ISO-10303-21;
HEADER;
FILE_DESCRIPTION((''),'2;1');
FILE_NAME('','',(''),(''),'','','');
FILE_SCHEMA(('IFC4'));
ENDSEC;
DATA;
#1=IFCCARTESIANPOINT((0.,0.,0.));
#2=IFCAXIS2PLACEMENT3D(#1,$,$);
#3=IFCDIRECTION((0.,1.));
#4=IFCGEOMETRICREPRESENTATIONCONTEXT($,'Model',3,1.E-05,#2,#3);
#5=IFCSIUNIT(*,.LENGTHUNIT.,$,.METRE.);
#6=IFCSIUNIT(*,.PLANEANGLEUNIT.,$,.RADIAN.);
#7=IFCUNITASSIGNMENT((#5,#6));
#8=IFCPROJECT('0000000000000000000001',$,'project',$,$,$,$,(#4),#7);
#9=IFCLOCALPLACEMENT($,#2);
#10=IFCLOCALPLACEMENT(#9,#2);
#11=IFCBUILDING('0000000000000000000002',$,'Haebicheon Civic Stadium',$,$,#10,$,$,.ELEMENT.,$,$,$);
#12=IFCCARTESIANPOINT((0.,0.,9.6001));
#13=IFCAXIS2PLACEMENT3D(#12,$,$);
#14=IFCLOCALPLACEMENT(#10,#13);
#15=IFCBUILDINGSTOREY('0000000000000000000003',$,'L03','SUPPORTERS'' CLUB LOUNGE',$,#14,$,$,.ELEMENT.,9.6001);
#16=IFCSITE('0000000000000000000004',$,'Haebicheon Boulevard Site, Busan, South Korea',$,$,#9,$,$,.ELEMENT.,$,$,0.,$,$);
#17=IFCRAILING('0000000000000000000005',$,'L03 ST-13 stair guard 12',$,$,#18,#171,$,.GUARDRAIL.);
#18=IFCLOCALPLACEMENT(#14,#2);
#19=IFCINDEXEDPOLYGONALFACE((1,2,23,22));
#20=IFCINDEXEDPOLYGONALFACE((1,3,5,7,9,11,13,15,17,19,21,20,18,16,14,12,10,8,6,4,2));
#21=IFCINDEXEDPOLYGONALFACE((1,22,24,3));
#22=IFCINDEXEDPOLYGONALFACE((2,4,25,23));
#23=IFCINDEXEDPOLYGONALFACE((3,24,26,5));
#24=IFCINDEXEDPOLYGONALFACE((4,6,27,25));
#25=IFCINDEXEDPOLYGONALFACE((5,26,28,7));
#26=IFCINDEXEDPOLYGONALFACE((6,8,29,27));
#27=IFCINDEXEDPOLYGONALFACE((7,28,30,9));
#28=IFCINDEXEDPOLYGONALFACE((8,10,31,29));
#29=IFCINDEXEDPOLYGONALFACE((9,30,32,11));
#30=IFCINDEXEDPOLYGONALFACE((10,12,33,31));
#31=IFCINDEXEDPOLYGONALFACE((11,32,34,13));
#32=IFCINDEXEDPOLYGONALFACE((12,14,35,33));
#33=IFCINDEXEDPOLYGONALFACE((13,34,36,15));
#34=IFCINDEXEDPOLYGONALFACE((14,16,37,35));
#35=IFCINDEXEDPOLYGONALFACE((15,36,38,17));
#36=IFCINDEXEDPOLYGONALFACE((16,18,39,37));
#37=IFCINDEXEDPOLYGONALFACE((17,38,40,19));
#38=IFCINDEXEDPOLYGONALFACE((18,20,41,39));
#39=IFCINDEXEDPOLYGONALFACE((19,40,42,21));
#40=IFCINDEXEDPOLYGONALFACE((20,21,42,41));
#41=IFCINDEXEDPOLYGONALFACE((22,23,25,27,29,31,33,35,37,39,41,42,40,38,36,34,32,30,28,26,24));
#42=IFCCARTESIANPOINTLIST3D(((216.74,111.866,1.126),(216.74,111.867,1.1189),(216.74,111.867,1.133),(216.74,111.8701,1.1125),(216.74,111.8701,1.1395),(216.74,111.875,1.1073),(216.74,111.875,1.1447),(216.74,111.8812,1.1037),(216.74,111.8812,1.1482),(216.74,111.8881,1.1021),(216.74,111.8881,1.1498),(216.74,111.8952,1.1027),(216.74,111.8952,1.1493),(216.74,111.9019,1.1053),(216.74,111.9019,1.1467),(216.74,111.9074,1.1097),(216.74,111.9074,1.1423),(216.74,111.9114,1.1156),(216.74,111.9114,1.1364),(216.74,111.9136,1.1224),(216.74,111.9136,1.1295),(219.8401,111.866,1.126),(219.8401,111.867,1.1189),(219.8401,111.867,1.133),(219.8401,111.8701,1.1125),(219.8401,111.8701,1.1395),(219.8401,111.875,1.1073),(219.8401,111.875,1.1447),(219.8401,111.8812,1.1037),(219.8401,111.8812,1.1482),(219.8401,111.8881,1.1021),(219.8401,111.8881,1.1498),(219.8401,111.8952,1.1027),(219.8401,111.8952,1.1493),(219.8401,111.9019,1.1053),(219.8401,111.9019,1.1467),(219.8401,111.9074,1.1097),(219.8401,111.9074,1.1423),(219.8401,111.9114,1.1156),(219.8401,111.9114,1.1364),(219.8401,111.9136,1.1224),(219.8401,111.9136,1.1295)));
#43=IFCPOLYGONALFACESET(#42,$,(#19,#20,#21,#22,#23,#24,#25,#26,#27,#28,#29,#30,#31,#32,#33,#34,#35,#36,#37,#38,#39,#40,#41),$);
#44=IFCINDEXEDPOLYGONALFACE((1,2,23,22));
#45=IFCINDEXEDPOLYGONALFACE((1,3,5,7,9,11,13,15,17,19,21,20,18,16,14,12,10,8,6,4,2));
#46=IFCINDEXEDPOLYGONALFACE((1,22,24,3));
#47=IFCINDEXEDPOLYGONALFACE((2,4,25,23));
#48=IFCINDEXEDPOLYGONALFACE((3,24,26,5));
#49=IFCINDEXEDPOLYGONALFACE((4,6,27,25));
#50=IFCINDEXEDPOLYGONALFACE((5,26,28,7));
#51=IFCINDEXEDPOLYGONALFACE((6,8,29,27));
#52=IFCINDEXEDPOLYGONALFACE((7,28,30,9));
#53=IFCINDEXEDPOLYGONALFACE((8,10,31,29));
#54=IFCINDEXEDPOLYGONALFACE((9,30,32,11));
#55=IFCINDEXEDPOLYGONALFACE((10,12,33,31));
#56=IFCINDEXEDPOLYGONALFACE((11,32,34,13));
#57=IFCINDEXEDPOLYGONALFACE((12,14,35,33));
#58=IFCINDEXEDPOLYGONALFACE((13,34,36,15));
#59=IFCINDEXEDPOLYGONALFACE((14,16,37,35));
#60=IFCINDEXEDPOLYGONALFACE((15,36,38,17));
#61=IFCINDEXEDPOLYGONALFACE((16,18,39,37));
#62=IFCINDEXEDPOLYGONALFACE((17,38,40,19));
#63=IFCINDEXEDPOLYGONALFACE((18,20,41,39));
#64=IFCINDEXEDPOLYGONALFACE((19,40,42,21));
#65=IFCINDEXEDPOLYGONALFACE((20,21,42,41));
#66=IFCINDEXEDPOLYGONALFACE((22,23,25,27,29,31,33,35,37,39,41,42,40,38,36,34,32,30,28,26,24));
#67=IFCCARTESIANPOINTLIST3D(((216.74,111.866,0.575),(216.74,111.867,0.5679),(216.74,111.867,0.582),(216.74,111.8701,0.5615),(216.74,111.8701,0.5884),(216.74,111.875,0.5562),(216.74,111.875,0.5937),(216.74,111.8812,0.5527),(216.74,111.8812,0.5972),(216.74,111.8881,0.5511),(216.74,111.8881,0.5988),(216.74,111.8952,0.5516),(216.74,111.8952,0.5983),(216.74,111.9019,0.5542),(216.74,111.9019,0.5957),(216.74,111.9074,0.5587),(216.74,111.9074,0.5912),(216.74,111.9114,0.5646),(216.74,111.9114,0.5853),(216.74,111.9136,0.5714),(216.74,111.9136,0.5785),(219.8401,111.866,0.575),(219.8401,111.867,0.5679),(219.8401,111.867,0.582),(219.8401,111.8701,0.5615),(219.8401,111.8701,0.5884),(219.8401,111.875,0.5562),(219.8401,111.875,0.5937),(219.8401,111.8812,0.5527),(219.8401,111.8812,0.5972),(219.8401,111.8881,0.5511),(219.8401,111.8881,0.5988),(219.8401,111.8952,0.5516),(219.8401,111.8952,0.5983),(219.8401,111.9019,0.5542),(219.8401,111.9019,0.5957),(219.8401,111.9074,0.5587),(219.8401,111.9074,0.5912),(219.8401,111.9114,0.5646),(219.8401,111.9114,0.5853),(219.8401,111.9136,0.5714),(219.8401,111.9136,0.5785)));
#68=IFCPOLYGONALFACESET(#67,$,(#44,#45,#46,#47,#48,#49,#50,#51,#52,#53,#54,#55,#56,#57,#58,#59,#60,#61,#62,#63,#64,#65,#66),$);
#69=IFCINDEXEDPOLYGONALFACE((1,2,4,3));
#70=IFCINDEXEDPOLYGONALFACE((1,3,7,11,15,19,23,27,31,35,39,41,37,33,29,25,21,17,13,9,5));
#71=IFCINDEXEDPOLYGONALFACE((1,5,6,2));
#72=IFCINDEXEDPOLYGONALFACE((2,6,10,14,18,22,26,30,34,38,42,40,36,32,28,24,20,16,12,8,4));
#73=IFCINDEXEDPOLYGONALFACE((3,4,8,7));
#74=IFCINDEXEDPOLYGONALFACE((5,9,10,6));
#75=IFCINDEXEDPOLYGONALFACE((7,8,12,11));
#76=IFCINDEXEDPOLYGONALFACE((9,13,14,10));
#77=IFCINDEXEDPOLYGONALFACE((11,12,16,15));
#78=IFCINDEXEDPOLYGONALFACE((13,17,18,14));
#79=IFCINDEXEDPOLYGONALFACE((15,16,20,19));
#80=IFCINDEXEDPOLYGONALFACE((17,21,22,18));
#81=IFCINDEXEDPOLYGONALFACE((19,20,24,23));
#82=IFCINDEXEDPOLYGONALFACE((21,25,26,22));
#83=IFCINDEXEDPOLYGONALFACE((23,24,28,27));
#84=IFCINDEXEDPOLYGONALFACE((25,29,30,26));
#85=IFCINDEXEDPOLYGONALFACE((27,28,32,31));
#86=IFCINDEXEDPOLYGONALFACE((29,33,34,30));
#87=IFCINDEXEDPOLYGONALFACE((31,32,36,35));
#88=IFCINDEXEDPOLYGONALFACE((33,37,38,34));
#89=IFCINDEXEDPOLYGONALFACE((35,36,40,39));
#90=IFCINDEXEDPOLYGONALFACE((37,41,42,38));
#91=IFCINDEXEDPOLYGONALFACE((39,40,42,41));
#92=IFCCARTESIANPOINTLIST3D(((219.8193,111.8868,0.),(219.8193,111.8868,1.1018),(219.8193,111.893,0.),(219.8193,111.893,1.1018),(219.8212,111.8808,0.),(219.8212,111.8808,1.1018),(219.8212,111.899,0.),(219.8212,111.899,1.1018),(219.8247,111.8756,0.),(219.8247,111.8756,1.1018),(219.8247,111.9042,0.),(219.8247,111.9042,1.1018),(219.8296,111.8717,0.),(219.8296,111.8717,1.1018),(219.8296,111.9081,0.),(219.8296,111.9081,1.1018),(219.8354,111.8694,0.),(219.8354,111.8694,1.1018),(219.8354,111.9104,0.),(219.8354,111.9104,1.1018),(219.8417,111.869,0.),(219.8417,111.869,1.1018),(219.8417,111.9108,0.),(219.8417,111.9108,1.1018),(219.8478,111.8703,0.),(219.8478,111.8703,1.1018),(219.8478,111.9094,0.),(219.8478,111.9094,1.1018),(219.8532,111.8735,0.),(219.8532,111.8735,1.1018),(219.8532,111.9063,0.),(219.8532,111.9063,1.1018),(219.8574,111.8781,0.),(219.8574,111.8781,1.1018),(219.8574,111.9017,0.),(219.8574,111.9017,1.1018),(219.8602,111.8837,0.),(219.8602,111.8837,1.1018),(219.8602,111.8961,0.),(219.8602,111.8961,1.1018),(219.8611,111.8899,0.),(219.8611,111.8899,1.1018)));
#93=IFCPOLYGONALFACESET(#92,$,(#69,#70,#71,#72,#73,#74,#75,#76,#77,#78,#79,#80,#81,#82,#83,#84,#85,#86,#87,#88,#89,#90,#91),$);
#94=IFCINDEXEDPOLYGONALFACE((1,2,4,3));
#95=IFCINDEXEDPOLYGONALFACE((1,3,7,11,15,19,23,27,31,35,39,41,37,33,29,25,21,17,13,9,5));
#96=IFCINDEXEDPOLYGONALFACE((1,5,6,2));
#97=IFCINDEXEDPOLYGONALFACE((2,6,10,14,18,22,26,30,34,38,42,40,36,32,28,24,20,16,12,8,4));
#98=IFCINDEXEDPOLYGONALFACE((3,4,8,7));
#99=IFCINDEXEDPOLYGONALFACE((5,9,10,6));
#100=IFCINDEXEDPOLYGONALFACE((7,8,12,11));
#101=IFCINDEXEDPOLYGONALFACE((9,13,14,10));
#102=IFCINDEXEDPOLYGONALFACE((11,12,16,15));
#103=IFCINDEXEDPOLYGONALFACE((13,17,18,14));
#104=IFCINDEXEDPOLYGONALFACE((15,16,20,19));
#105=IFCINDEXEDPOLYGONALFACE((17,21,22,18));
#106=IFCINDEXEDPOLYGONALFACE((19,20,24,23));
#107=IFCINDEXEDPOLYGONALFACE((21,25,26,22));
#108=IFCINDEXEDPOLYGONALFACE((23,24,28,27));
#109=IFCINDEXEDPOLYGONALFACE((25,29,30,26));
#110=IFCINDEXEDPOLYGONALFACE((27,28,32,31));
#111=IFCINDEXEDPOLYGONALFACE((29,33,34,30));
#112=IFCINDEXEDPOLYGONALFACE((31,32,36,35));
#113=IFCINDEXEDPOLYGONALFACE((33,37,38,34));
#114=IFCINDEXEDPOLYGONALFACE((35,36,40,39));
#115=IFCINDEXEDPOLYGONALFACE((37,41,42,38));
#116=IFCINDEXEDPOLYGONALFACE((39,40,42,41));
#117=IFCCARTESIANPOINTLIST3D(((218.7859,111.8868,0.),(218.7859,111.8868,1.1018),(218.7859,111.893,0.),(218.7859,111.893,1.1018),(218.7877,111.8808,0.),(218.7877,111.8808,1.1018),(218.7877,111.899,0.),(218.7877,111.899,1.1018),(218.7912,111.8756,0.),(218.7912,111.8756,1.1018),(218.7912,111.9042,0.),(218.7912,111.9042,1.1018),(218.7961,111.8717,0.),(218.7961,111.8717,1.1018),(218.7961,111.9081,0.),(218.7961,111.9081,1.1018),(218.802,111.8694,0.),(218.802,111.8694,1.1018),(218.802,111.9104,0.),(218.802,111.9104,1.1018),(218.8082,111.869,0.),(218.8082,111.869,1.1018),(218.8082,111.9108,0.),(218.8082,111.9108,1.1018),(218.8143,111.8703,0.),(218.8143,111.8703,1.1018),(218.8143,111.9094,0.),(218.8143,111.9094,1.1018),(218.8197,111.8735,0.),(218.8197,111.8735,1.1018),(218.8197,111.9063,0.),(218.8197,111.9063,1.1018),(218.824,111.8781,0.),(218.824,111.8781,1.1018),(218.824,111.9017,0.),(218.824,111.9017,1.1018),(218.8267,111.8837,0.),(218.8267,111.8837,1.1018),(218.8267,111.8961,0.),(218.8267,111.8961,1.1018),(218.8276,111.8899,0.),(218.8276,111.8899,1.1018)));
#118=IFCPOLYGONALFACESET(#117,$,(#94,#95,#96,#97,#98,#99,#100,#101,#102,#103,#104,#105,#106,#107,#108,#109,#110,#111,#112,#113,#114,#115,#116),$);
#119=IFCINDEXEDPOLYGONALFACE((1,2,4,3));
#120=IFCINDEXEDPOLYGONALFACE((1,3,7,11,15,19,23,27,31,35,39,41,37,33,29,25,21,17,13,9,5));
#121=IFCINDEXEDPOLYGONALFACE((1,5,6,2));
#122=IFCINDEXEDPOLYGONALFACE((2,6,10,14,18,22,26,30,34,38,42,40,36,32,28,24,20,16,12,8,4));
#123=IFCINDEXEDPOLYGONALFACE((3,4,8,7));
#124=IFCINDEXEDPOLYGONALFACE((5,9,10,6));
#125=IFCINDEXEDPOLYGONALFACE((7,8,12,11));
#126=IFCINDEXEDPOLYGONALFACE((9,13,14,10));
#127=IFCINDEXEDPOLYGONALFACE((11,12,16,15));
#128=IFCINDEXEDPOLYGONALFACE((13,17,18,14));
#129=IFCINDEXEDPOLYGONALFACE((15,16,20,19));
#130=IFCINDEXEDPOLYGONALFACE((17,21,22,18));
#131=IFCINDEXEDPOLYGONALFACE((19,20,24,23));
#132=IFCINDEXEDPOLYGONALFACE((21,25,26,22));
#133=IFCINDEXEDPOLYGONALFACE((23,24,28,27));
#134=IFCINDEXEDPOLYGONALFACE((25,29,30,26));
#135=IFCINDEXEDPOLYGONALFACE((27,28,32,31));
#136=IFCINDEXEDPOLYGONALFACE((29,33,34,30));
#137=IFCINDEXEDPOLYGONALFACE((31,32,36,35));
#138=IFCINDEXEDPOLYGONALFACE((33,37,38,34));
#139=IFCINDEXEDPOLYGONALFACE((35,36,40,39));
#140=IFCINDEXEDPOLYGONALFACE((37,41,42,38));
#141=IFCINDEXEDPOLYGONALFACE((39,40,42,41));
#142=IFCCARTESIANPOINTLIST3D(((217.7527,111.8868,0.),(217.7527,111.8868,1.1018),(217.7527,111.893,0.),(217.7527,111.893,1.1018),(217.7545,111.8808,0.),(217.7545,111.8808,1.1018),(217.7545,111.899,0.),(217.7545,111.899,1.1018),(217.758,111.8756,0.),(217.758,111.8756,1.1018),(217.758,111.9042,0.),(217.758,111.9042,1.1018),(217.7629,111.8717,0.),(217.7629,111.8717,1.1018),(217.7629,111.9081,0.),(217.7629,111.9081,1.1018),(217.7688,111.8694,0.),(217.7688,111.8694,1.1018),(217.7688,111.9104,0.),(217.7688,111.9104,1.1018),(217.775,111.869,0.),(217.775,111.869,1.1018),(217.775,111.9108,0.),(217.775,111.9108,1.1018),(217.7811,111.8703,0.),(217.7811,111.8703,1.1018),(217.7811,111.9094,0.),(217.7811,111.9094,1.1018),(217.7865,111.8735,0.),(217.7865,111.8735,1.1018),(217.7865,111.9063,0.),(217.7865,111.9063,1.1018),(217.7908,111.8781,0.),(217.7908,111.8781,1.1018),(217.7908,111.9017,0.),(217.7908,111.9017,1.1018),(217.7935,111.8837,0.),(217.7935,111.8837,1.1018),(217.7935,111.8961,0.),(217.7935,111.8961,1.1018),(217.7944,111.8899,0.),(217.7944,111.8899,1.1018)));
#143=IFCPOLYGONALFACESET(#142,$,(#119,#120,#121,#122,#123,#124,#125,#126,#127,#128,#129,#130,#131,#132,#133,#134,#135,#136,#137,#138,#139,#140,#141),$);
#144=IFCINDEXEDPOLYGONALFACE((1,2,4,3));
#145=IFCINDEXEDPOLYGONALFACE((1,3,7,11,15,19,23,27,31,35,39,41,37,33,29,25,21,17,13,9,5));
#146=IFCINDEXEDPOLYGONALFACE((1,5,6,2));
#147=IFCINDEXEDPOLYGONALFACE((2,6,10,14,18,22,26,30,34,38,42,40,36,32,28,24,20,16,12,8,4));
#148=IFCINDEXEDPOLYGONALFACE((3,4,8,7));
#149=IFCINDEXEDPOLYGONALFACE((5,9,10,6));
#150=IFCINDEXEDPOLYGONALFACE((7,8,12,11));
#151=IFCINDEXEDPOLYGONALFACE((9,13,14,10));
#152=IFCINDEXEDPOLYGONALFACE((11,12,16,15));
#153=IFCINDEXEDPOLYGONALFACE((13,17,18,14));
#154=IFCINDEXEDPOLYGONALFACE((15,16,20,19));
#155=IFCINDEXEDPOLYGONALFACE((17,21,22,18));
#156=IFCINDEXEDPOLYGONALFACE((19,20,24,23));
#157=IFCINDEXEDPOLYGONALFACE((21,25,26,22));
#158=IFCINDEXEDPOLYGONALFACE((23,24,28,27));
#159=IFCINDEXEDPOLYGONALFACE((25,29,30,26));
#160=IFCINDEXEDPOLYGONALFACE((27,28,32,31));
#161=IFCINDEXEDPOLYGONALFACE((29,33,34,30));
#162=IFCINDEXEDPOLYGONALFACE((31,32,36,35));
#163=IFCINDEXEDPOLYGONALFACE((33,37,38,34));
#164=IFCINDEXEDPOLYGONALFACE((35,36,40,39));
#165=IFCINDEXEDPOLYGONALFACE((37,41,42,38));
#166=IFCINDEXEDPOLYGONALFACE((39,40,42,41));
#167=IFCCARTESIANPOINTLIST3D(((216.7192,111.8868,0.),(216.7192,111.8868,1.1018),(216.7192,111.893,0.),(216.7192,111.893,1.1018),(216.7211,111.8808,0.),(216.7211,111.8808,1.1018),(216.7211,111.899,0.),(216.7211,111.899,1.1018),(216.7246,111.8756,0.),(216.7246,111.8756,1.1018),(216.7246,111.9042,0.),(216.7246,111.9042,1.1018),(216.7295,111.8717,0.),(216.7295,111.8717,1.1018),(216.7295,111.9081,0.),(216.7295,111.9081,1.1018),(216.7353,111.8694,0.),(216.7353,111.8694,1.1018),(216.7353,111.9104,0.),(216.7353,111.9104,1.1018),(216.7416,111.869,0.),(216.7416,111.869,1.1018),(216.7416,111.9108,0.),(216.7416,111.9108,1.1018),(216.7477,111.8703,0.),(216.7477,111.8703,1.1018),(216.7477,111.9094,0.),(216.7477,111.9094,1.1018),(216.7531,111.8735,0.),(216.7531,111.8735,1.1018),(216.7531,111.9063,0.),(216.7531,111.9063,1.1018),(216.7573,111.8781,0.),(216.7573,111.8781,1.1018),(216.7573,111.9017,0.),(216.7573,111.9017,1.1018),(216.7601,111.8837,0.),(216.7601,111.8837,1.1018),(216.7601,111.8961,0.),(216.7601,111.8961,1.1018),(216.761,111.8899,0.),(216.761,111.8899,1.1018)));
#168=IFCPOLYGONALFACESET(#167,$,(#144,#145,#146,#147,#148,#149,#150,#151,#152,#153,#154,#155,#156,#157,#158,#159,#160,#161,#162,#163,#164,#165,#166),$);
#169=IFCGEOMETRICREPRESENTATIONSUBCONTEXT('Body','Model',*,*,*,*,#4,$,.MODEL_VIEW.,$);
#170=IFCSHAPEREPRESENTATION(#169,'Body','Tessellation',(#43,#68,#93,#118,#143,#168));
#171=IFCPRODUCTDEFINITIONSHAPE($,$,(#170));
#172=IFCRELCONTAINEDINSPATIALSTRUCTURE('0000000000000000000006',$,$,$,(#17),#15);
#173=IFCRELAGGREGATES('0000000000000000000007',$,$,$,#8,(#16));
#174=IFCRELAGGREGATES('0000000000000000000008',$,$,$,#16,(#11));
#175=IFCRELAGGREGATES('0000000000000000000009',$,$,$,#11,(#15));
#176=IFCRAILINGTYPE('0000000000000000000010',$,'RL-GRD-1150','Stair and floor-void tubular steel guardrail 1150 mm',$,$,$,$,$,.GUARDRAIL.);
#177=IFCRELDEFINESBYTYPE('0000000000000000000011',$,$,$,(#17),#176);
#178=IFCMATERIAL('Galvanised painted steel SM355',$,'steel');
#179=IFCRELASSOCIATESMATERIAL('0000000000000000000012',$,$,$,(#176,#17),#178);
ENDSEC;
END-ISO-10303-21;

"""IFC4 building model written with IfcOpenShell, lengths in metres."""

from ifc_helpers import new_model, si_unit, direction, frame, origin, origin_2d, place, context, subcontext, project, spatial, circle, extrude, material, type_object, element, save


model = new_model("IFC4")

# Units and contexts
model_context = context("Model", 3, precision=1e-05, world=origin(), true_north=direction((0.0, 1.0)))
body_context = subcontext(model_context, "Body", "Model", "MODEL_VIEW")
ifc_project = project(units=[si_unit("LENGTHUNIT", "METRE"), si_unit("PLANEANGLEUNIT", "RADIAN")], contexts=[model_context])

# Site, building, storey
site_placement = place(None, origin())
site = spatial("IfcSite", under=ifc_project, at=site_placement, Name="Haebicheon Boulevard Site, Busan, South Korea", CompositionType="ELEMENT", RefElevation=0.0)
building_placement = place(site_placement, origin())
building = spatial("IfcBuilding", under=site, at=building_placement, Name="Haebicheon Civic Stadium", CompositionType="ELEMENT")
storey_placement = place(building_placement, frame((0.0, 0.0, 9.6001)))
storey = spatial("IfcBuildingStorey", under=building, at=storey_placement, Name="L03", Description="SUPPORTERS' CLUB LOUNGE", CompositionType="ELEMENT", Elevation=9.6001)

# Railing
ifc_material_1 = material(Name="Galvanised painted steel SM355", Category="steel")
railing_type_1 = type_object("IfcRailingType", Name="RL-GRD-1150", Description="Stair and floor-void tubular steel guardrail 1150 mm", PredefinedType="GUARDRAIL", material=ifc_material_1)
railing_1_placement = place(storey_placement, frame((219.8401, 111.8899, 0.0)))
element("IfcRailing", 1, at=railing_1_placement, inside=storey, type_object=railing_type_1, material=ifc_material_1, Name="L03 ST-13 stair guard 12", PredefinedType="GUARDRAIL", context=body_context, shape_type="SweptSolid", body=[
    extrude(circle(Radius=0.0239, at=origin_2d()), frame((0.0, 0.0, 1.126), z_axis=(-1.0, 0.0, 0.0), x_axis=(0.0, -1.0, 0.0)), (0.0, 0.0, 1.0), 3.1001),
    extrude(circle(Radius=0.0239, at=origin_2d()), frame((0.0, 0.0, 0.575), z_axis=(-1.0, 0.0, 0.0), x_axis=(0.0, -1.0, 0.0)), (0.0, 0.0, 1.0), 3.1001),
    extrude(circle(Radius=0.021, at=origin_2d()), origin(), (0.0, 0.0, 1.0), 1.1018),
    extrude(circle(Radius=0.021, at=origin_2d()), frame((-1.0334, 0.0, 0.0)), (0.0, 0.0, 1.0), 1.1018),
    extrude(circle(Radius=0.021, at=origin_2d()), frame((-2.0667, 0.0, 0.0)), (0.0, 0.0, 1.0), 1.1018),
    extrude(circle(Radius=0.021, at=origin_2d()), frame((-3.1001, 0.0, 0.0)), (0.0, 0.0, 1.0), 1.1018),
])

save(model, "model.ifc")
